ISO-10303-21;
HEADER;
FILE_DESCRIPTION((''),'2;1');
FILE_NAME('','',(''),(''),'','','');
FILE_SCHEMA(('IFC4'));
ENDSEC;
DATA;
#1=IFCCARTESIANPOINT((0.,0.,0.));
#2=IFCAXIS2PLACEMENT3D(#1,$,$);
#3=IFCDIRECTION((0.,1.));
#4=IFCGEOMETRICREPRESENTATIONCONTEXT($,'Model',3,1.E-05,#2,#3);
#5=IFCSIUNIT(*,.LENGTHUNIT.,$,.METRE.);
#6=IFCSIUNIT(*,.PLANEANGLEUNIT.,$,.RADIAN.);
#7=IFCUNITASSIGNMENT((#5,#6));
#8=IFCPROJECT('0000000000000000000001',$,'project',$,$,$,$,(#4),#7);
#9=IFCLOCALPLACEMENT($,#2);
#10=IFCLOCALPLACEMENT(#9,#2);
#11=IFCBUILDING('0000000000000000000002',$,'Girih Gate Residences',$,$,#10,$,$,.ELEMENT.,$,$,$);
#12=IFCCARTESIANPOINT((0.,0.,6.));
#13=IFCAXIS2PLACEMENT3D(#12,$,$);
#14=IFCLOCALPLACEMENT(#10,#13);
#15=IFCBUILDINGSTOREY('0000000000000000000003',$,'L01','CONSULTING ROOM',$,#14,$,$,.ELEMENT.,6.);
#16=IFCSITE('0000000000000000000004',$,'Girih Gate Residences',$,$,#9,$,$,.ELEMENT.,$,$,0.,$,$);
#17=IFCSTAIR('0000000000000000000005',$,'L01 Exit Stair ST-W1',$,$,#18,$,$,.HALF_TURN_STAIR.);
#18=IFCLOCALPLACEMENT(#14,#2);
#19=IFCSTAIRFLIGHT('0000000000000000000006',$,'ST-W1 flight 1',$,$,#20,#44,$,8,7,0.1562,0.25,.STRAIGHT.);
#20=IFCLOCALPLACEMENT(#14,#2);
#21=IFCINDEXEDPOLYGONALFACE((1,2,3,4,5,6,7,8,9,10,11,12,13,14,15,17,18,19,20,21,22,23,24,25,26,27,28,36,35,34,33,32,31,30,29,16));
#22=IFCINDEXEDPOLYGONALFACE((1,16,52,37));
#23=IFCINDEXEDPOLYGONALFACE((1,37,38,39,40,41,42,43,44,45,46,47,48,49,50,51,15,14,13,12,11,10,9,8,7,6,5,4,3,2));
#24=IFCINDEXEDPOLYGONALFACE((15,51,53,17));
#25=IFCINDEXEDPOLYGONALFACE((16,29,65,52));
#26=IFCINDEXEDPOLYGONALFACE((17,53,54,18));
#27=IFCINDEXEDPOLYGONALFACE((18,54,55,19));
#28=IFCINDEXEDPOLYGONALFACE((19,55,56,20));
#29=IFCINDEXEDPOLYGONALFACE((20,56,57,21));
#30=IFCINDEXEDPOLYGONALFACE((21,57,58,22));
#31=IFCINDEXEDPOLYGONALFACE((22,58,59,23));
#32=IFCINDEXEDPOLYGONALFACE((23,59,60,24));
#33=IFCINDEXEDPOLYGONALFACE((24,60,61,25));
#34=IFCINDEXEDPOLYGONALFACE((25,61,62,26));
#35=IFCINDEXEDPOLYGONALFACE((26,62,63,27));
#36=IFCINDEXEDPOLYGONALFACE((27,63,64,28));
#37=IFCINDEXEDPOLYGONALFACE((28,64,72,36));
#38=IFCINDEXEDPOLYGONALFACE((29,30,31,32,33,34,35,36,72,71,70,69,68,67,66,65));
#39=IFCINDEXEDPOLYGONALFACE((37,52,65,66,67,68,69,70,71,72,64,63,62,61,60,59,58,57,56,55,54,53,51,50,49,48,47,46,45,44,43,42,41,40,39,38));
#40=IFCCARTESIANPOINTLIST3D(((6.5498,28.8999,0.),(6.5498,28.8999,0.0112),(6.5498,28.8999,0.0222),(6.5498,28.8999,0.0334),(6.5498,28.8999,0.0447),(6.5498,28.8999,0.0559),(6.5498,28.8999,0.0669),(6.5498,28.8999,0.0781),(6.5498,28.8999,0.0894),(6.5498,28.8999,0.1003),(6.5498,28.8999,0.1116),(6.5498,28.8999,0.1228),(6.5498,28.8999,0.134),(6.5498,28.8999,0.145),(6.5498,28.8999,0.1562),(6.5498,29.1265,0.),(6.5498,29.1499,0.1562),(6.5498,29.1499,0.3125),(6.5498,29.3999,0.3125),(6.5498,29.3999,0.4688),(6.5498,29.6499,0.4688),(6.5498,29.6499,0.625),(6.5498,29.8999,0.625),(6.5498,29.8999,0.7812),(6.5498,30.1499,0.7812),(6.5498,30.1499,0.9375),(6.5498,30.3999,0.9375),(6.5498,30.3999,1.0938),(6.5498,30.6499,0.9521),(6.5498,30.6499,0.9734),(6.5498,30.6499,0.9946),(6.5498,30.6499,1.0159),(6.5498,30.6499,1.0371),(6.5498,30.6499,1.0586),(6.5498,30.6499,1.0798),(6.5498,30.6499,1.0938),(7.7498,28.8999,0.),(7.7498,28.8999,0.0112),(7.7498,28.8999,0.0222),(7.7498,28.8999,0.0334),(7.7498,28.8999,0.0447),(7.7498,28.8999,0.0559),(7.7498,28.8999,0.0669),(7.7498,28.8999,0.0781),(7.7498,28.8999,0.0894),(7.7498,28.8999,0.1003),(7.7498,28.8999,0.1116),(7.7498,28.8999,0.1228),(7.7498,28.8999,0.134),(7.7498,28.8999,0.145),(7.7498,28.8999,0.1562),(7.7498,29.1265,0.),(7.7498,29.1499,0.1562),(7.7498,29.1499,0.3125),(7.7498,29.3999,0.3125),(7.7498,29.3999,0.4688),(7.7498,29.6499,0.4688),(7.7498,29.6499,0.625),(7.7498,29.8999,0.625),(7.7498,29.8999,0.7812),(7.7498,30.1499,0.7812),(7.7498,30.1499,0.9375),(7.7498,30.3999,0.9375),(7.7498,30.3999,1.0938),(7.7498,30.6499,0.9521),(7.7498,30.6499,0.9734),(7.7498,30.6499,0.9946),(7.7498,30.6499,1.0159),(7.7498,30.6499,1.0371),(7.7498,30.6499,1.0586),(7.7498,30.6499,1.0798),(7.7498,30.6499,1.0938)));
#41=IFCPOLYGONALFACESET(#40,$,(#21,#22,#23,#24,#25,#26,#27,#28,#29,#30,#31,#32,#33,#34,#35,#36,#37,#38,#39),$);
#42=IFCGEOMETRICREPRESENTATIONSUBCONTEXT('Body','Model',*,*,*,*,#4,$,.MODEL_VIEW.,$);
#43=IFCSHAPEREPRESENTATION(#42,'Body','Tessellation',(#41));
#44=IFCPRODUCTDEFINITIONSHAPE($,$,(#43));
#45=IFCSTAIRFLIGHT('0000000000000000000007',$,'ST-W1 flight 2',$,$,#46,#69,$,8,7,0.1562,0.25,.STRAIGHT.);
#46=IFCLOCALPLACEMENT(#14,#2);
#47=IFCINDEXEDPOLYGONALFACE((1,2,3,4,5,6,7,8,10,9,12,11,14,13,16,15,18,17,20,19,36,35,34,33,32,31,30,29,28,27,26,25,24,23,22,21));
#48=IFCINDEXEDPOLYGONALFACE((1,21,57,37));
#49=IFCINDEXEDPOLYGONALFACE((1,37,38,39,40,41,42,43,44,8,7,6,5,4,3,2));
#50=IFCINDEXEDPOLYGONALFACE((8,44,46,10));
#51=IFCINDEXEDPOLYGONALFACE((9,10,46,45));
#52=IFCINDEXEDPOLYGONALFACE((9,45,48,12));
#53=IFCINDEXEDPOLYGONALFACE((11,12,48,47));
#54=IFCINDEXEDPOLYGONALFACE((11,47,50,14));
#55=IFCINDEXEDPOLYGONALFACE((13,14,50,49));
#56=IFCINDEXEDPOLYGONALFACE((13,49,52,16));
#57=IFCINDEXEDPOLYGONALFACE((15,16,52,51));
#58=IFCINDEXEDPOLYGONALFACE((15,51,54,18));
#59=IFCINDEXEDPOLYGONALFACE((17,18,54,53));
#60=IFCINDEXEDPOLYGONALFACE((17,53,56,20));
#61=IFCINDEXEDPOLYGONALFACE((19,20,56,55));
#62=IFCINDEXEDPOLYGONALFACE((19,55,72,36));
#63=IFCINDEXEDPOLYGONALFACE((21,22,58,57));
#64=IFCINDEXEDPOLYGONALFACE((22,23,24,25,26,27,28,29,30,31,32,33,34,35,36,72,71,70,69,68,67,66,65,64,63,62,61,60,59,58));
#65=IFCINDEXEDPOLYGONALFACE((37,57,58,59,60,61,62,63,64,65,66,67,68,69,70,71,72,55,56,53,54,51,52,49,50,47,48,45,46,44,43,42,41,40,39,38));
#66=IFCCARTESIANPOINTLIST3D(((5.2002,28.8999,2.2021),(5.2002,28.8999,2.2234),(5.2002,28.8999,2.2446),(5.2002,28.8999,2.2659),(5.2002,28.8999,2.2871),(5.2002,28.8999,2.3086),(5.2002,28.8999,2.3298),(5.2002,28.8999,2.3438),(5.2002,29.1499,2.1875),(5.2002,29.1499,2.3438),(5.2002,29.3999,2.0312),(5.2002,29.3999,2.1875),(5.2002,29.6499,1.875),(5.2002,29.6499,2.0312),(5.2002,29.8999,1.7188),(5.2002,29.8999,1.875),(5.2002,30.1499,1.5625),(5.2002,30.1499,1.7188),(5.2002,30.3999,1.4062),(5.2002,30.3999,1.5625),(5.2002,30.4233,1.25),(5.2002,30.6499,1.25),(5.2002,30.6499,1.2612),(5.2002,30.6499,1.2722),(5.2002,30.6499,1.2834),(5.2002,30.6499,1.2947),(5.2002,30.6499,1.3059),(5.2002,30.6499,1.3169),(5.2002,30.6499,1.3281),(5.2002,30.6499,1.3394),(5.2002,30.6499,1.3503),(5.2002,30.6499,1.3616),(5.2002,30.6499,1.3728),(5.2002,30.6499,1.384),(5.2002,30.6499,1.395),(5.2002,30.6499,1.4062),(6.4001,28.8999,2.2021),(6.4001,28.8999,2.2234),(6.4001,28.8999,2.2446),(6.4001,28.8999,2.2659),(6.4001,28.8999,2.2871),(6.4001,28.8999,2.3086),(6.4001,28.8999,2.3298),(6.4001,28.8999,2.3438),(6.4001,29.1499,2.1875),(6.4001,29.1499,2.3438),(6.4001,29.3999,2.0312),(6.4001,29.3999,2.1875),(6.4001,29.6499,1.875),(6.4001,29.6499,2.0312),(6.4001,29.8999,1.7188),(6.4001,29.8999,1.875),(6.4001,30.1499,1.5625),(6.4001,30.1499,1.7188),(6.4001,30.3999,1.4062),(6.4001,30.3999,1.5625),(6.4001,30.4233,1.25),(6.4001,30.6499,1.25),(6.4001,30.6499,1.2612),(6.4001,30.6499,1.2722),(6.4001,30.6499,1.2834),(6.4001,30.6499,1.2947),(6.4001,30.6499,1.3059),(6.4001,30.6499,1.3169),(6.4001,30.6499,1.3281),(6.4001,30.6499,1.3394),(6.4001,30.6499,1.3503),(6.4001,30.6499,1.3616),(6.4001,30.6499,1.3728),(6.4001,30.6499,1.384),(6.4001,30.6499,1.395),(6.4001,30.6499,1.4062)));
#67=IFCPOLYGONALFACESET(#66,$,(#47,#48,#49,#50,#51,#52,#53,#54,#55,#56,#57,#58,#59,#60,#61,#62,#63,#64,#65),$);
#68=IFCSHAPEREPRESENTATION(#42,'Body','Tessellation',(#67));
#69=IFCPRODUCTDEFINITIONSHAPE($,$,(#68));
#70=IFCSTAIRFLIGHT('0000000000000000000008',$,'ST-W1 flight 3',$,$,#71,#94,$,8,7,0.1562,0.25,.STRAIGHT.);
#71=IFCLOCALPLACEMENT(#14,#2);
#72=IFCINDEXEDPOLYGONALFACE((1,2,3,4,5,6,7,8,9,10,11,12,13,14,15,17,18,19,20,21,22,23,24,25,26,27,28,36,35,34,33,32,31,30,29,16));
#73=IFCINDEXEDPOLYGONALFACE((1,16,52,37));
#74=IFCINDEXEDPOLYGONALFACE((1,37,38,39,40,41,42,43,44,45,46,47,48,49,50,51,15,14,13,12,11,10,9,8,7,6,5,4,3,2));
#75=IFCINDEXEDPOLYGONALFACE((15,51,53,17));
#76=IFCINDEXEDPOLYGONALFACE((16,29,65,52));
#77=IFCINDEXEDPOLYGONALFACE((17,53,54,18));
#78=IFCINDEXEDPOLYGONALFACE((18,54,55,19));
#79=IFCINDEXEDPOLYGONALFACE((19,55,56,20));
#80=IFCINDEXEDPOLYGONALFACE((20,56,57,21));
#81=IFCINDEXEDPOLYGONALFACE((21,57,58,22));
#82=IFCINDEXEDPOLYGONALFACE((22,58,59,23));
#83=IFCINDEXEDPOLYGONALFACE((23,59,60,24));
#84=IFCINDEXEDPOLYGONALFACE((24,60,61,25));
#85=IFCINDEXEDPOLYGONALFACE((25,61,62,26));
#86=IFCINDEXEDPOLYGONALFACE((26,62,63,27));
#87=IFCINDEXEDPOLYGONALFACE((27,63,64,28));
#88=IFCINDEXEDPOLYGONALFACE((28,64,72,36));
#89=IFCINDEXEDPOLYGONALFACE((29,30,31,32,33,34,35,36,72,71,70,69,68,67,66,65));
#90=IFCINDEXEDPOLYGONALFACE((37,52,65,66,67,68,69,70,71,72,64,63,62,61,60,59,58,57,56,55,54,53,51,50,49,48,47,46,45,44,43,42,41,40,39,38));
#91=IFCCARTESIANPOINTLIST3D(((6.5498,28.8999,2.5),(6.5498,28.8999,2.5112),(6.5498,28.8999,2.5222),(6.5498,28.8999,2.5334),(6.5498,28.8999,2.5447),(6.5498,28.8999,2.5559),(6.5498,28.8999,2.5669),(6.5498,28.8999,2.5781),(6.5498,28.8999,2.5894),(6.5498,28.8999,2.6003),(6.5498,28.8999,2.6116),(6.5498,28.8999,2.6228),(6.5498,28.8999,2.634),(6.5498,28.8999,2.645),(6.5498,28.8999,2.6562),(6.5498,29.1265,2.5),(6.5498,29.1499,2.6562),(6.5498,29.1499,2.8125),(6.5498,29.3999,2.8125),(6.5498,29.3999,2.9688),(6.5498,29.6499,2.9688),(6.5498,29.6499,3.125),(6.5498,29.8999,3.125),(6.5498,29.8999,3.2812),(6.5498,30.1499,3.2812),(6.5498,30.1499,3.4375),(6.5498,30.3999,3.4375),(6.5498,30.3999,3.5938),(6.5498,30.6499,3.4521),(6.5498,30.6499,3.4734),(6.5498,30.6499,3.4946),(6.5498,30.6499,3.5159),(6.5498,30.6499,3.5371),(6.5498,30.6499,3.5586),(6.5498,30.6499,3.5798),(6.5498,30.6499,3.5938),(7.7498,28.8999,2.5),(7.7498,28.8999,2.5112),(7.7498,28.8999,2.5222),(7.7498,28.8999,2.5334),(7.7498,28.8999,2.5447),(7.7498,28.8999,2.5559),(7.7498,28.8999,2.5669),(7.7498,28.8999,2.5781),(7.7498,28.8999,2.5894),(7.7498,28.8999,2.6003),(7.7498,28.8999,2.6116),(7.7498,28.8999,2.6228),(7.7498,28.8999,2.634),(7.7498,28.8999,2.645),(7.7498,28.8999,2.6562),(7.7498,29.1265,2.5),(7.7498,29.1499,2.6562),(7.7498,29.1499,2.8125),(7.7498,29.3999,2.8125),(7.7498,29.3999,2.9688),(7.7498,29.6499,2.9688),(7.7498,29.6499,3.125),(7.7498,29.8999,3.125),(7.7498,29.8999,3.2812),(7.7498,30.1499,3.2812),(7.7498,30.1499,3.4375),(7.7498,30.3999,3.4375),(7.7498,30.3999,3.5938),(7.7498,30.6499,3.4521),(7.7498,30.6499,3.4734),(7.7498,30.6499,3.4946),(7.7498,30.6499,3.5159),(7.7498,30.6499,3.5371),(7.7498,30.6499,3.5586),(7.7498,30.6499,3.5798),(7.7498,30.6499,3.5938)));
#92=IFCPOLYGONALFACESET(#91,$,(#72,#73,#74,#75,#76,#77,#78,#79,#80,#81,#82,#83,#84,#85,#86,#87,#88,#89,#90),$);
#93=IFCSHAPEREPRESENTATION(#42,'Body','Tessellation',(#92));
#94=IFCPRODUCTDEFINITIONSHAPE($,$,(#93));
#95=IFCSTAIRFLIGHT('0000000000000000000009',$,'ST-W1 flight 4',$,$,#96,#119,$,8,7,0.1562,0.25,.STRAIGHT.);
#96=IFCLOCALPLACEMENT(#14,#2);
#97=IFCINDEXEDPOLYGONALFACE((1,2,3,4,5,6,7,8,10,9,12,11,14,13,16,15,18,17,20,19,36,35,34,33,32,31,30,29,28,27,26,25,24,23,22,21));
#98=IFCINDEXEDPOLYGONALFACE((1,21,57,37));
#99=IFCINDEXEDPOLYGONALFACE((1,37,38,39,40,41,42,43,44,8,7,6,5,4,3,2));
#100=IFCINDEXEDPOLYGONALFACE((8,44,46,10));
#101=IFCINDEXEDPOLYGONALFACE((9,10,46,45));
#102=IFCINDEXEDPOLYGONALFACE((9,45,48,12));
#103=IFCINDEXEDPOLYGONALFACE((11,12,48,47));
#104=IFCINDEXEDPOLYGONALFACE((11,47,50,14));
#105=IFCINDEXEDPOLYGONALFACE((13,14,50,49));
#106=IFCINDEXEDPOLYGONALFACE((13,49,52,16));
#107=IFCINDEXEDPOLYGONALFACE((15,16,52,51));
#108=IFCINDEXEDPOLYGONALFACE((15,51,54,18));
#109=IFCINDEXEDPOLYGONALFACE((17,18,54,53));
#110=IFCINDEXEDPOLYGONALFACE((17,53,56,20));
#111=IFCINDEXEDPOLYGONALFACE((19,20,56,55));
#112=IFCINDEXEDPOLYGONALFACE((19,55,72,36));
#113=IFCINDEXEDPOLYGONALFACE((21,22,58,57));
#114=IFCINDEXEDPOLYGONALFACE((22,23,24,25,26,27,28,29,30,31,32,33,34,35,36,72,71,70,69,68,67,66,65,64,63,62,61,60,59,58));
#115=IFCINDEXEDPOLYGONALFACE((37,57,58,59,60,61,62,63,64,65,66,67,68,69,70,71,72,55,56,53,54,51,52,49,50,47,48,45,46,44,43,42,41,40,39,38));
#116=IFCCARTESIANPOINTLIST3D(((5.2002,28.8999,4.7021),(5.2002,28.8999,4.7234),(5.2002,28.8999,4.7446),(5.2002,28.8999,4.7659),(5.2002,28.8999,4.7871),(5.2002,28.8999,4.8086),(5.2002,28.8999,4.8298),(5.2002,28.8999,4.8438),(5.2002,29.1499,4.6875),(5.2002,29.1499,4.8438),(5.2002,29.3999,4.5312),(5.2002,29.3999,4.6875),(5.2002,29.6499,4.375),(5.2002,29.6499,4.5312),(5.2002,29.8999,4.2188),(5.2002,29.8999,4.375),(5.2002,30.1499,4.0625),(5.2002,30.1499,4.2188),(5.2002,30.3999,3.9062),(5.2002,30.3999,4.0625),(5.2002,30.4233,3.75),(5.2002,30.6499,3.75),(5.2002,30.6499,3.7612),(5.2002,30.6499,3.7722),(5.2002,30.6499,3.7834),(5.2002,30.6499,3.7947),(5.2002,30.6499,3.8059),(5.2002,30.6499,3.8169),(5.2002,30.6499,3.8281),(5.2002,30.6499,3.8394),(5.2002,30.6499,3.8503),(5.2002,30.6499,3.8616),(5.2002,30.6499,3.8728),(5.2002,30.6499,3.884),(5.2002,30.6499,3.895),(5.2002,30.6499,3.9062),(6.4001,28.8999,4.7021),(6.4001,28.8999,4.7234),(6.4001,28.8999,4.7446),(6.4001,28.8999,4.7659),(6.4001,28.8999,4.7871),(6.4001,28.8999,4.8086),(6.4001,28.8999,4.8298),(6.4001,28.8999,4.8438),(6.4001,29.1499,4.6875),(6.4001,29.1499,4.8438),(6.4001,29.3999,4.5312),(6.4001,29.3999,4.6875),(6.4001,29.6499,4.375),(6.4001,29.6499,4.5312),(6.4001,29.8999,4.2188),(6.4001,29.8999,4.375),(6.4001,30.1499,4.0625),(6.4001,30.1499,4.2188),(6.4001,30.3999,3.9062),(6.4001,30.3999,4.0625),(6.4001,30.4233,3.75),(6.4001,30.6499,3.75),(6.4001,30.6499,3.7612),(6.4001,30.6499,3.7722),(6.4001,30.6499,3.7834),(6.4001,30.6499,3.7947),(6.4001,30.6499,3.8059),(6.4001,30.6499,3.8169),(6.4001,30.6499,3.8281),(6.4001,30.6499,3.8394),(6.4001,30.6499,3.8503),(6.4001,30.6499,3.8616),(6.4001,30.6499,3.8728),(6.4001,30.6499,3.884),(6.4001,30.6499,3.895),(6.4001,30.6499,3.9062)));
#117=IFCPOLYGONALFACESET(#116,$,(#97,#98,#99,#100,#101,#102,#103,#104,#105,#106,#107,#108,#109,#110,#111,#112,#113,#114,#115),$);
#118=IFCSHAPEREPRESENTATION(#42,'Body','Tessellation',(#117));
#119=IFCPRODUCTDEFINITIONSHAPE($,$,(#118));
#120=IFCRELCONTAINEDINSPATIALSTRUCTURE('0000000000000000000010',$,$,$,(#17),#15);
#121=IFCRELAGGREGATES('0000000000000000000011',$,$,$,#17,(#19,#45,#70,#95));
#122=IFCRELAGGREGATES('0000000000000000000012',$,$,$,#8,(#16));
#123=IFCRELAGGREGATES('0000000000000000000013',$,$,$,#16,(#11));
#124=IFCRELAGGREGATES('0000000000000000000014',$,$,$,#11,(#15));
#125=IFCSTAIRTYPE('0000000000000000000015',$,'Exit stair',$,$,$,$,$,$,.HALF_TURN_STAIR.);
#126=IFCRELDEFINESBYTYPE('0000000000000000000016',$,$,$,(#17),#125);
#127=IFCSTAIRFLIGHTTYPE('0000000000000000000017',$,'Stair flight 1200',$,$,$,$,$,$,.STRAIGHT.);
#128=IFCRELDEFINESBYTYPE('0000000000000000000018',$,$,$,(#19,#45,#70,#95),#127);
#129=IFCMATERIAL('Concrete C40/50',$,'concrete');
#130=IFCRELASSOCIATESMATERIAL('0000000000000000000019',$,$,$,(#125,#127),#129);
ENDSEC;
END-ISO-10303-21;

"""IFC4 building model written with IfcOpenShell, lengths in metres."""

from ifc_helpers import new_model, si_unit, direction, frame, origin, place, context, subcontext, project, spatial, polyline, outline, extrude, material, type_object, element, aggregate, save


model = new_model("IFC4")

# Units and contexts
model_context = context("Model", 3, precision=1e-05, world=origin(), true_north=direction((0.0, 1.0)))
body_context = subcontext(model_context, "Body", "Model", "MODEL_VIEW")
ifc_project = project(units=[si_unit("LENGTHUNIT", "METRE"), si_unit("PLANEANGLEUNIT", "RADIAN")], contexts=[model_context])

# Site, building, storey
site_placement = place(None, origin())
site = spatial("IfcSite", under=ifc_project, at=site_placement, Name="Girih Gate Residences", CompositionType="ELEMENT", RefElevation=0.0)
building_placement = place(site_placement, origin())
building = spatial("IfcBuilding", under=site, at=building_placement, Name="Girih Gate Residences", CompositionType="ELEMENT")
storey_placement = place(building_placement, frame((0.0, 0.0, 6.0)))
storey = spatial("IfcBuildingStorey", under=building, at=storey_placement, Name="L01", Description="CONSULTING ROOM", CompositionType="ELEMENT", Elevation=6.0)

# Shared definitions
ifc_material_1 = material(Name="Concrete C40/50", Category="concrete")

# Stair, stair flights
stair_type = type_object("IfcStairType", Name="Exit stair", PredefinedType="HALF_TURN_STAIR", material=ifc_material_1)
stair_placement = place(storey_placement, origin())
stair = element("IfcStair", 1, at=stair_placement, inside=storey, type_object=stair_type, Name="L01 Exit Stair ST-W1", PredefinedType="HALF_TURN_STAIR")
stair_flight_type = type_object("IfcStairFlightType", Name="Stair flight 1200", PredefinedType="STRAIGHT", material=ifc_material_1)
stair_flight_1_placement = place(storey_placement, frame((7.1499, 28.8999, 0.0), z_axis=(0.0, 0.0, 1.0), x_axis=(0.0, 1.0, 0.0)))
stair_flight_1 = element("IfcStairFlight", 2, at=stair_flight_1_placement, type_object=stair_flight_type, Name="ST-W1 flight 1", NumberOfRisers=8, NumberOfTreads=7, PredefinedType="STRAIGHT", RiserHeight=0.1562, TreadLength=0.25, context=body_context, shape_type="SweptSolid", body=[
    extrude(outline(polyline([(0.0, 0.0), (0.0, 0.0112), (0.0, 0.0222), (0.0, 0.0334), (0.0, 0.0447), (0.0, 0.0559), (0.0, 0.0669), (0.0, 0.0781), (0.0, 0.0894), (0.0, 0.1003), (0.0, 0.1116), (0.0, 0.1228), (0.0, 0.134), (0.0, 0.145), (0.0, 0.1562), (0.25, 0.1562), (0.25, 0.3125), (0.5, 0.3125), (0.5, 0.4688), (0.75, 0.4688), (0.75, 0.625), (1.0, 0.625), (1.0, 0.7812), (1.25, 0.7812), (1.25, 0.9375), (1.5, 0.9375), (1.5, 1.0938), (1.75, 1.0938), (1.75, 1.105), (1.75, 1.116), (1.75, 1.1272), (1.75, 1.1384), (1.75, 1.1497), (1.75, 1.1606), (1.75, 1.1719), (1.75, 1.1831), (1.75, 1.1941), (1.75, 1.2053), (1.75, 1.2166), (1.75, 1.2278), (1.75, 1.2388), (1.75, 1.25), (1.75, 1.2288), (1.75, 1.2075), (1.75, 1.1863), (1.75, 1.1648), (1.75, 1.1436), (1.75, 1.1223), (1.75, 1.1011), (1.75, 1.0798), (1.75, 1.0586), (1.75, 1.0371), (1.75, 1.0159), (1.75, 0.9946), (1.75, 0.9734), (1.75, 0.9521), (0.2266, 0.0), (0.0, 0.0)])), frame((0.0, 0.6001, 0.0), z_axis=(0.0, -1.0, 0.0), x_axis=(1.0, 0.0, 0.0)), (0.0, 0.0, 1.0), 1.2),
])
stair_flight_2_placement = place(storey_placement, frame((5.8, 30.6499, 1.25), z_axis=(0.0, 0.0, 1.0), x_axis=(0.0, -1.0, 0.0)))
stair_flight_2 = element("IfcStairFlight", 3, at=stair_flight_2_placement, type_object=stair_flight_type, Name="ST-W1 flight 2", NumberOfRisers=8, NumberOfTreads=7, PredefinedType="STRAIGHT", RiserHeight=0.1562, TreadLength=0.25, context=body_context, shape_type="SweptSolid", body=[
    extrude(outline(polyline([(0.0, 0.0), (0.0, 0.0112), (0.0, 0.0222), (0.0, 0.0334), (0.0, 0.0447), (0.0, 0.0559), (0.0, 0.0669), (0.0, 0.0781), (0.0, 0.0894), (0.0, 0.1003), (0.0, 0.1116), (0.0, 0.1228), (0.0, 0.134), (0.0, 0.145), (0.0, 0.1562), (0.25, 0.1562), (0.25, 0.3125), (0.5, 0.3125), (0.5, 0.4688), (0.75, 0.4688), (0.75, 0.625), (1.0, 0.625), (1.0, 0.7812), (1.25, 0.7812), (1.25, 0.9375), (1.5, 0.9375), (1.5, 1.0938), (1.75, 1.0938), (1.75, 1.105), (1.75, 1.116), (1.75, 1.1272), (1.75, 1.1384), (1.75, 1.1497), (1.75, 1.1606), (1.75, 1.1719), (1.75, 1.1831), (1.75, 1.1941), (1.75, 1.2053), (1.75, 1.2166), (1.75, 1.2278), (1.75, 1.2388), (1.75, 1.25), (1.75, 1.2288), (1.75, 1.2075), (1.75, 1.1863), (1.75, 1.1648), (1.75, 1.1436), (1.75, 1.1223), (1.75, 1.1011), (1.75, 1.0798), (1.75, 1.0586), (1.75, 1.0371), (1.75, 1.0159), (1.75, 0.9946), (1.75, 0.9734), (1.75, 0.9521), (0.2266, 0.0), (0.0, 0.0)])), frame((0.0, 0.6001, 0.0), z_axis=(0.0, -1.0, 0.0), x_axis=(1.0, 0.0, 0.0)), (0.0, 0.0, 1.0), 1.2),
])
stair_flight_3_placement = place(storey_placement, frame((7.1499, 28.8999, 2.5), z_axis=(0.0, 0.0, 1.0), x_axis=(0.0, 1.0, 0.0)))
stair_flight_3 = element("IfcStairFlight", 4, at=stair_flight_3_placement, type_object=stair_flight_type, Name="ST-W1 flight 3", NumberOfRisers=8, NumberOfTreads=7, PredefinedType="STRAIGHT", RiserHeight=0.1562, TreadLength=0.25, context=body_context, shape_type="SweptSolid", body=[
    extrude(outline(polyline([(0.0, 0.0), (0.0, 0.0112), (0.0, 0.0222), (0.0, 0.0334), (0.0, 0.0447), (0.0, 0.0559), (0.0, 0.0669), (0.0, 0.0781), (0.0, 0.0894), (0.0, 0.1003), (0.0, 0.1116), (0.0, 0.1228), (0.0, 0.134), (0.0, 0.145), (0.0, 0.1562), (0.25, 0.1562), (0.25, 0.3125), (0.5, 0.3125), (0.5, 0.4688), (0.75, 0.4688), (0.75, 0.625), (1.0, 0.625), (1.0, 0.7812), (1.25, 0.7812), (1.25, 0.9375), (1.5, 0.9375), (1.5, 1.0938), (1.75, 1.0938), (1.75, 1.105), (1.75, 1.116), (1.75, 1.1272), (1.75, 1.1384), (1.75, 1.1497), (1.75, 1.1606), (1.75, 1.1719), (1.75, 1.1831), (1.75, 1.1941), (1.75, 1.2053), (1.75, 1.2166), (1.75, 1.2278), (1.75, 1.2388), (1.75, 1.25), (1.75, 1.2288), (1.75, 1.2075), (1.75, 1.1863), (1.75, 1.1648), (1.75, 1.1436), (1.75, 1.1223), (1.75, 1.1011), (1.75, 1.0798), (1.75, 1.0586), (1.75, 1.0371), (1.75, 1.0159), (1.75, 0.9946), (1.75, 0.9734), (1.75, 0.9521), (0.2266, 0.0), (0.0, 0.0)])), frame((0.0, 0.6001, 0.0), z_axis=(0.0, -1.0, 0.0), x_axis=(1.0, 0.0, 0.0)), (0.0, 0.0, 1.0), 1.2),
])
stair_flight_4_placement = place(storey_placement, frame((5.8, 30.6499, 3.75), z_axis=(0.0, 0.0, 1.0), x_axis=(0.0, -1.0, 0.0)))
stair_flight_4 = element("IfcStairFlight", 5, at=stair_flight_4_placement, type_object=stair_flight_type, Name="ST-W1 flight 4", NumberOfRisers=8, NumberOfTreads=7, PredefinedType="STRAIGHT", RiserHeight=0.1562, TreadLength=0.25, context=body_context, shape_type="SweptSolid", body=[
    extrude(outline(polyline([(0.0, 0.0), (0.0, 0.0112), (0.0, 0.0222), (0.0, 0.0334), (0.0, 0.0447), (0.0, 0.0559), (0.0, 0.0669), (0.0, 0.0781), (0.0, 0.0894), (0.0, 0.1003), (0.0, 0.1116), (0.0, 0.1228), (0.0, 0.134), (0.0, 0.145), (0.0, 0.1562), (0.25, 0.1562), (0.25, 0.3125), (0.5, 0.3125), (0.5, 0.4688), (0.75, 0.4688), (0.75, 0.625), (1.0, 0.625), (1.0, 0.7812), (1.25, 0.7812), (1.25, 0.9375), (1.5, 0.9375), (1.5, 1.0938), (1.75, 1.0938), (1.75, 1.105), (1.75, 1.116), (1.75, 1.1272), (1.75, 1.1384), (1.75, 1.1497), (1.75, 1.1606), (1.75, 1.1719), (1.75, 1.1831), (1.75, 1.1941), (1.75, 1.2053), (1.75, 1.2166), (1.75, 1.2278), (1.75, 1.2388), (1.75, 1.25), (1.75, 1.2288), (1.75, 1.2075), (1.75, 1.1863), (1.75, 1.1648), (1.75, 1.1436), (1.75, 1.1223), (1.75, 1.1011), (1.75, 1.0798), (1.75, 1.0586), (1.75, 1.0371), (1.75, 1.0159), (1.75, 0.9946), (1.75, 0.9734), (1.75, 0.9521), (0.2266, 0.0), (0.0, 0.0)])), frame((0.0, 0.6001, 0.0), z_axis=(0.0, -1.0, 0.0), x_axis=(1.0, 0.0, 0.0)), (0.0, 0.0, 1.0), 1.2),
])
aggregate(stair, [stair_flight_1, stair_flight_2, stair_flight_3, stair_flight_4])

save(model, "model.ifc")
